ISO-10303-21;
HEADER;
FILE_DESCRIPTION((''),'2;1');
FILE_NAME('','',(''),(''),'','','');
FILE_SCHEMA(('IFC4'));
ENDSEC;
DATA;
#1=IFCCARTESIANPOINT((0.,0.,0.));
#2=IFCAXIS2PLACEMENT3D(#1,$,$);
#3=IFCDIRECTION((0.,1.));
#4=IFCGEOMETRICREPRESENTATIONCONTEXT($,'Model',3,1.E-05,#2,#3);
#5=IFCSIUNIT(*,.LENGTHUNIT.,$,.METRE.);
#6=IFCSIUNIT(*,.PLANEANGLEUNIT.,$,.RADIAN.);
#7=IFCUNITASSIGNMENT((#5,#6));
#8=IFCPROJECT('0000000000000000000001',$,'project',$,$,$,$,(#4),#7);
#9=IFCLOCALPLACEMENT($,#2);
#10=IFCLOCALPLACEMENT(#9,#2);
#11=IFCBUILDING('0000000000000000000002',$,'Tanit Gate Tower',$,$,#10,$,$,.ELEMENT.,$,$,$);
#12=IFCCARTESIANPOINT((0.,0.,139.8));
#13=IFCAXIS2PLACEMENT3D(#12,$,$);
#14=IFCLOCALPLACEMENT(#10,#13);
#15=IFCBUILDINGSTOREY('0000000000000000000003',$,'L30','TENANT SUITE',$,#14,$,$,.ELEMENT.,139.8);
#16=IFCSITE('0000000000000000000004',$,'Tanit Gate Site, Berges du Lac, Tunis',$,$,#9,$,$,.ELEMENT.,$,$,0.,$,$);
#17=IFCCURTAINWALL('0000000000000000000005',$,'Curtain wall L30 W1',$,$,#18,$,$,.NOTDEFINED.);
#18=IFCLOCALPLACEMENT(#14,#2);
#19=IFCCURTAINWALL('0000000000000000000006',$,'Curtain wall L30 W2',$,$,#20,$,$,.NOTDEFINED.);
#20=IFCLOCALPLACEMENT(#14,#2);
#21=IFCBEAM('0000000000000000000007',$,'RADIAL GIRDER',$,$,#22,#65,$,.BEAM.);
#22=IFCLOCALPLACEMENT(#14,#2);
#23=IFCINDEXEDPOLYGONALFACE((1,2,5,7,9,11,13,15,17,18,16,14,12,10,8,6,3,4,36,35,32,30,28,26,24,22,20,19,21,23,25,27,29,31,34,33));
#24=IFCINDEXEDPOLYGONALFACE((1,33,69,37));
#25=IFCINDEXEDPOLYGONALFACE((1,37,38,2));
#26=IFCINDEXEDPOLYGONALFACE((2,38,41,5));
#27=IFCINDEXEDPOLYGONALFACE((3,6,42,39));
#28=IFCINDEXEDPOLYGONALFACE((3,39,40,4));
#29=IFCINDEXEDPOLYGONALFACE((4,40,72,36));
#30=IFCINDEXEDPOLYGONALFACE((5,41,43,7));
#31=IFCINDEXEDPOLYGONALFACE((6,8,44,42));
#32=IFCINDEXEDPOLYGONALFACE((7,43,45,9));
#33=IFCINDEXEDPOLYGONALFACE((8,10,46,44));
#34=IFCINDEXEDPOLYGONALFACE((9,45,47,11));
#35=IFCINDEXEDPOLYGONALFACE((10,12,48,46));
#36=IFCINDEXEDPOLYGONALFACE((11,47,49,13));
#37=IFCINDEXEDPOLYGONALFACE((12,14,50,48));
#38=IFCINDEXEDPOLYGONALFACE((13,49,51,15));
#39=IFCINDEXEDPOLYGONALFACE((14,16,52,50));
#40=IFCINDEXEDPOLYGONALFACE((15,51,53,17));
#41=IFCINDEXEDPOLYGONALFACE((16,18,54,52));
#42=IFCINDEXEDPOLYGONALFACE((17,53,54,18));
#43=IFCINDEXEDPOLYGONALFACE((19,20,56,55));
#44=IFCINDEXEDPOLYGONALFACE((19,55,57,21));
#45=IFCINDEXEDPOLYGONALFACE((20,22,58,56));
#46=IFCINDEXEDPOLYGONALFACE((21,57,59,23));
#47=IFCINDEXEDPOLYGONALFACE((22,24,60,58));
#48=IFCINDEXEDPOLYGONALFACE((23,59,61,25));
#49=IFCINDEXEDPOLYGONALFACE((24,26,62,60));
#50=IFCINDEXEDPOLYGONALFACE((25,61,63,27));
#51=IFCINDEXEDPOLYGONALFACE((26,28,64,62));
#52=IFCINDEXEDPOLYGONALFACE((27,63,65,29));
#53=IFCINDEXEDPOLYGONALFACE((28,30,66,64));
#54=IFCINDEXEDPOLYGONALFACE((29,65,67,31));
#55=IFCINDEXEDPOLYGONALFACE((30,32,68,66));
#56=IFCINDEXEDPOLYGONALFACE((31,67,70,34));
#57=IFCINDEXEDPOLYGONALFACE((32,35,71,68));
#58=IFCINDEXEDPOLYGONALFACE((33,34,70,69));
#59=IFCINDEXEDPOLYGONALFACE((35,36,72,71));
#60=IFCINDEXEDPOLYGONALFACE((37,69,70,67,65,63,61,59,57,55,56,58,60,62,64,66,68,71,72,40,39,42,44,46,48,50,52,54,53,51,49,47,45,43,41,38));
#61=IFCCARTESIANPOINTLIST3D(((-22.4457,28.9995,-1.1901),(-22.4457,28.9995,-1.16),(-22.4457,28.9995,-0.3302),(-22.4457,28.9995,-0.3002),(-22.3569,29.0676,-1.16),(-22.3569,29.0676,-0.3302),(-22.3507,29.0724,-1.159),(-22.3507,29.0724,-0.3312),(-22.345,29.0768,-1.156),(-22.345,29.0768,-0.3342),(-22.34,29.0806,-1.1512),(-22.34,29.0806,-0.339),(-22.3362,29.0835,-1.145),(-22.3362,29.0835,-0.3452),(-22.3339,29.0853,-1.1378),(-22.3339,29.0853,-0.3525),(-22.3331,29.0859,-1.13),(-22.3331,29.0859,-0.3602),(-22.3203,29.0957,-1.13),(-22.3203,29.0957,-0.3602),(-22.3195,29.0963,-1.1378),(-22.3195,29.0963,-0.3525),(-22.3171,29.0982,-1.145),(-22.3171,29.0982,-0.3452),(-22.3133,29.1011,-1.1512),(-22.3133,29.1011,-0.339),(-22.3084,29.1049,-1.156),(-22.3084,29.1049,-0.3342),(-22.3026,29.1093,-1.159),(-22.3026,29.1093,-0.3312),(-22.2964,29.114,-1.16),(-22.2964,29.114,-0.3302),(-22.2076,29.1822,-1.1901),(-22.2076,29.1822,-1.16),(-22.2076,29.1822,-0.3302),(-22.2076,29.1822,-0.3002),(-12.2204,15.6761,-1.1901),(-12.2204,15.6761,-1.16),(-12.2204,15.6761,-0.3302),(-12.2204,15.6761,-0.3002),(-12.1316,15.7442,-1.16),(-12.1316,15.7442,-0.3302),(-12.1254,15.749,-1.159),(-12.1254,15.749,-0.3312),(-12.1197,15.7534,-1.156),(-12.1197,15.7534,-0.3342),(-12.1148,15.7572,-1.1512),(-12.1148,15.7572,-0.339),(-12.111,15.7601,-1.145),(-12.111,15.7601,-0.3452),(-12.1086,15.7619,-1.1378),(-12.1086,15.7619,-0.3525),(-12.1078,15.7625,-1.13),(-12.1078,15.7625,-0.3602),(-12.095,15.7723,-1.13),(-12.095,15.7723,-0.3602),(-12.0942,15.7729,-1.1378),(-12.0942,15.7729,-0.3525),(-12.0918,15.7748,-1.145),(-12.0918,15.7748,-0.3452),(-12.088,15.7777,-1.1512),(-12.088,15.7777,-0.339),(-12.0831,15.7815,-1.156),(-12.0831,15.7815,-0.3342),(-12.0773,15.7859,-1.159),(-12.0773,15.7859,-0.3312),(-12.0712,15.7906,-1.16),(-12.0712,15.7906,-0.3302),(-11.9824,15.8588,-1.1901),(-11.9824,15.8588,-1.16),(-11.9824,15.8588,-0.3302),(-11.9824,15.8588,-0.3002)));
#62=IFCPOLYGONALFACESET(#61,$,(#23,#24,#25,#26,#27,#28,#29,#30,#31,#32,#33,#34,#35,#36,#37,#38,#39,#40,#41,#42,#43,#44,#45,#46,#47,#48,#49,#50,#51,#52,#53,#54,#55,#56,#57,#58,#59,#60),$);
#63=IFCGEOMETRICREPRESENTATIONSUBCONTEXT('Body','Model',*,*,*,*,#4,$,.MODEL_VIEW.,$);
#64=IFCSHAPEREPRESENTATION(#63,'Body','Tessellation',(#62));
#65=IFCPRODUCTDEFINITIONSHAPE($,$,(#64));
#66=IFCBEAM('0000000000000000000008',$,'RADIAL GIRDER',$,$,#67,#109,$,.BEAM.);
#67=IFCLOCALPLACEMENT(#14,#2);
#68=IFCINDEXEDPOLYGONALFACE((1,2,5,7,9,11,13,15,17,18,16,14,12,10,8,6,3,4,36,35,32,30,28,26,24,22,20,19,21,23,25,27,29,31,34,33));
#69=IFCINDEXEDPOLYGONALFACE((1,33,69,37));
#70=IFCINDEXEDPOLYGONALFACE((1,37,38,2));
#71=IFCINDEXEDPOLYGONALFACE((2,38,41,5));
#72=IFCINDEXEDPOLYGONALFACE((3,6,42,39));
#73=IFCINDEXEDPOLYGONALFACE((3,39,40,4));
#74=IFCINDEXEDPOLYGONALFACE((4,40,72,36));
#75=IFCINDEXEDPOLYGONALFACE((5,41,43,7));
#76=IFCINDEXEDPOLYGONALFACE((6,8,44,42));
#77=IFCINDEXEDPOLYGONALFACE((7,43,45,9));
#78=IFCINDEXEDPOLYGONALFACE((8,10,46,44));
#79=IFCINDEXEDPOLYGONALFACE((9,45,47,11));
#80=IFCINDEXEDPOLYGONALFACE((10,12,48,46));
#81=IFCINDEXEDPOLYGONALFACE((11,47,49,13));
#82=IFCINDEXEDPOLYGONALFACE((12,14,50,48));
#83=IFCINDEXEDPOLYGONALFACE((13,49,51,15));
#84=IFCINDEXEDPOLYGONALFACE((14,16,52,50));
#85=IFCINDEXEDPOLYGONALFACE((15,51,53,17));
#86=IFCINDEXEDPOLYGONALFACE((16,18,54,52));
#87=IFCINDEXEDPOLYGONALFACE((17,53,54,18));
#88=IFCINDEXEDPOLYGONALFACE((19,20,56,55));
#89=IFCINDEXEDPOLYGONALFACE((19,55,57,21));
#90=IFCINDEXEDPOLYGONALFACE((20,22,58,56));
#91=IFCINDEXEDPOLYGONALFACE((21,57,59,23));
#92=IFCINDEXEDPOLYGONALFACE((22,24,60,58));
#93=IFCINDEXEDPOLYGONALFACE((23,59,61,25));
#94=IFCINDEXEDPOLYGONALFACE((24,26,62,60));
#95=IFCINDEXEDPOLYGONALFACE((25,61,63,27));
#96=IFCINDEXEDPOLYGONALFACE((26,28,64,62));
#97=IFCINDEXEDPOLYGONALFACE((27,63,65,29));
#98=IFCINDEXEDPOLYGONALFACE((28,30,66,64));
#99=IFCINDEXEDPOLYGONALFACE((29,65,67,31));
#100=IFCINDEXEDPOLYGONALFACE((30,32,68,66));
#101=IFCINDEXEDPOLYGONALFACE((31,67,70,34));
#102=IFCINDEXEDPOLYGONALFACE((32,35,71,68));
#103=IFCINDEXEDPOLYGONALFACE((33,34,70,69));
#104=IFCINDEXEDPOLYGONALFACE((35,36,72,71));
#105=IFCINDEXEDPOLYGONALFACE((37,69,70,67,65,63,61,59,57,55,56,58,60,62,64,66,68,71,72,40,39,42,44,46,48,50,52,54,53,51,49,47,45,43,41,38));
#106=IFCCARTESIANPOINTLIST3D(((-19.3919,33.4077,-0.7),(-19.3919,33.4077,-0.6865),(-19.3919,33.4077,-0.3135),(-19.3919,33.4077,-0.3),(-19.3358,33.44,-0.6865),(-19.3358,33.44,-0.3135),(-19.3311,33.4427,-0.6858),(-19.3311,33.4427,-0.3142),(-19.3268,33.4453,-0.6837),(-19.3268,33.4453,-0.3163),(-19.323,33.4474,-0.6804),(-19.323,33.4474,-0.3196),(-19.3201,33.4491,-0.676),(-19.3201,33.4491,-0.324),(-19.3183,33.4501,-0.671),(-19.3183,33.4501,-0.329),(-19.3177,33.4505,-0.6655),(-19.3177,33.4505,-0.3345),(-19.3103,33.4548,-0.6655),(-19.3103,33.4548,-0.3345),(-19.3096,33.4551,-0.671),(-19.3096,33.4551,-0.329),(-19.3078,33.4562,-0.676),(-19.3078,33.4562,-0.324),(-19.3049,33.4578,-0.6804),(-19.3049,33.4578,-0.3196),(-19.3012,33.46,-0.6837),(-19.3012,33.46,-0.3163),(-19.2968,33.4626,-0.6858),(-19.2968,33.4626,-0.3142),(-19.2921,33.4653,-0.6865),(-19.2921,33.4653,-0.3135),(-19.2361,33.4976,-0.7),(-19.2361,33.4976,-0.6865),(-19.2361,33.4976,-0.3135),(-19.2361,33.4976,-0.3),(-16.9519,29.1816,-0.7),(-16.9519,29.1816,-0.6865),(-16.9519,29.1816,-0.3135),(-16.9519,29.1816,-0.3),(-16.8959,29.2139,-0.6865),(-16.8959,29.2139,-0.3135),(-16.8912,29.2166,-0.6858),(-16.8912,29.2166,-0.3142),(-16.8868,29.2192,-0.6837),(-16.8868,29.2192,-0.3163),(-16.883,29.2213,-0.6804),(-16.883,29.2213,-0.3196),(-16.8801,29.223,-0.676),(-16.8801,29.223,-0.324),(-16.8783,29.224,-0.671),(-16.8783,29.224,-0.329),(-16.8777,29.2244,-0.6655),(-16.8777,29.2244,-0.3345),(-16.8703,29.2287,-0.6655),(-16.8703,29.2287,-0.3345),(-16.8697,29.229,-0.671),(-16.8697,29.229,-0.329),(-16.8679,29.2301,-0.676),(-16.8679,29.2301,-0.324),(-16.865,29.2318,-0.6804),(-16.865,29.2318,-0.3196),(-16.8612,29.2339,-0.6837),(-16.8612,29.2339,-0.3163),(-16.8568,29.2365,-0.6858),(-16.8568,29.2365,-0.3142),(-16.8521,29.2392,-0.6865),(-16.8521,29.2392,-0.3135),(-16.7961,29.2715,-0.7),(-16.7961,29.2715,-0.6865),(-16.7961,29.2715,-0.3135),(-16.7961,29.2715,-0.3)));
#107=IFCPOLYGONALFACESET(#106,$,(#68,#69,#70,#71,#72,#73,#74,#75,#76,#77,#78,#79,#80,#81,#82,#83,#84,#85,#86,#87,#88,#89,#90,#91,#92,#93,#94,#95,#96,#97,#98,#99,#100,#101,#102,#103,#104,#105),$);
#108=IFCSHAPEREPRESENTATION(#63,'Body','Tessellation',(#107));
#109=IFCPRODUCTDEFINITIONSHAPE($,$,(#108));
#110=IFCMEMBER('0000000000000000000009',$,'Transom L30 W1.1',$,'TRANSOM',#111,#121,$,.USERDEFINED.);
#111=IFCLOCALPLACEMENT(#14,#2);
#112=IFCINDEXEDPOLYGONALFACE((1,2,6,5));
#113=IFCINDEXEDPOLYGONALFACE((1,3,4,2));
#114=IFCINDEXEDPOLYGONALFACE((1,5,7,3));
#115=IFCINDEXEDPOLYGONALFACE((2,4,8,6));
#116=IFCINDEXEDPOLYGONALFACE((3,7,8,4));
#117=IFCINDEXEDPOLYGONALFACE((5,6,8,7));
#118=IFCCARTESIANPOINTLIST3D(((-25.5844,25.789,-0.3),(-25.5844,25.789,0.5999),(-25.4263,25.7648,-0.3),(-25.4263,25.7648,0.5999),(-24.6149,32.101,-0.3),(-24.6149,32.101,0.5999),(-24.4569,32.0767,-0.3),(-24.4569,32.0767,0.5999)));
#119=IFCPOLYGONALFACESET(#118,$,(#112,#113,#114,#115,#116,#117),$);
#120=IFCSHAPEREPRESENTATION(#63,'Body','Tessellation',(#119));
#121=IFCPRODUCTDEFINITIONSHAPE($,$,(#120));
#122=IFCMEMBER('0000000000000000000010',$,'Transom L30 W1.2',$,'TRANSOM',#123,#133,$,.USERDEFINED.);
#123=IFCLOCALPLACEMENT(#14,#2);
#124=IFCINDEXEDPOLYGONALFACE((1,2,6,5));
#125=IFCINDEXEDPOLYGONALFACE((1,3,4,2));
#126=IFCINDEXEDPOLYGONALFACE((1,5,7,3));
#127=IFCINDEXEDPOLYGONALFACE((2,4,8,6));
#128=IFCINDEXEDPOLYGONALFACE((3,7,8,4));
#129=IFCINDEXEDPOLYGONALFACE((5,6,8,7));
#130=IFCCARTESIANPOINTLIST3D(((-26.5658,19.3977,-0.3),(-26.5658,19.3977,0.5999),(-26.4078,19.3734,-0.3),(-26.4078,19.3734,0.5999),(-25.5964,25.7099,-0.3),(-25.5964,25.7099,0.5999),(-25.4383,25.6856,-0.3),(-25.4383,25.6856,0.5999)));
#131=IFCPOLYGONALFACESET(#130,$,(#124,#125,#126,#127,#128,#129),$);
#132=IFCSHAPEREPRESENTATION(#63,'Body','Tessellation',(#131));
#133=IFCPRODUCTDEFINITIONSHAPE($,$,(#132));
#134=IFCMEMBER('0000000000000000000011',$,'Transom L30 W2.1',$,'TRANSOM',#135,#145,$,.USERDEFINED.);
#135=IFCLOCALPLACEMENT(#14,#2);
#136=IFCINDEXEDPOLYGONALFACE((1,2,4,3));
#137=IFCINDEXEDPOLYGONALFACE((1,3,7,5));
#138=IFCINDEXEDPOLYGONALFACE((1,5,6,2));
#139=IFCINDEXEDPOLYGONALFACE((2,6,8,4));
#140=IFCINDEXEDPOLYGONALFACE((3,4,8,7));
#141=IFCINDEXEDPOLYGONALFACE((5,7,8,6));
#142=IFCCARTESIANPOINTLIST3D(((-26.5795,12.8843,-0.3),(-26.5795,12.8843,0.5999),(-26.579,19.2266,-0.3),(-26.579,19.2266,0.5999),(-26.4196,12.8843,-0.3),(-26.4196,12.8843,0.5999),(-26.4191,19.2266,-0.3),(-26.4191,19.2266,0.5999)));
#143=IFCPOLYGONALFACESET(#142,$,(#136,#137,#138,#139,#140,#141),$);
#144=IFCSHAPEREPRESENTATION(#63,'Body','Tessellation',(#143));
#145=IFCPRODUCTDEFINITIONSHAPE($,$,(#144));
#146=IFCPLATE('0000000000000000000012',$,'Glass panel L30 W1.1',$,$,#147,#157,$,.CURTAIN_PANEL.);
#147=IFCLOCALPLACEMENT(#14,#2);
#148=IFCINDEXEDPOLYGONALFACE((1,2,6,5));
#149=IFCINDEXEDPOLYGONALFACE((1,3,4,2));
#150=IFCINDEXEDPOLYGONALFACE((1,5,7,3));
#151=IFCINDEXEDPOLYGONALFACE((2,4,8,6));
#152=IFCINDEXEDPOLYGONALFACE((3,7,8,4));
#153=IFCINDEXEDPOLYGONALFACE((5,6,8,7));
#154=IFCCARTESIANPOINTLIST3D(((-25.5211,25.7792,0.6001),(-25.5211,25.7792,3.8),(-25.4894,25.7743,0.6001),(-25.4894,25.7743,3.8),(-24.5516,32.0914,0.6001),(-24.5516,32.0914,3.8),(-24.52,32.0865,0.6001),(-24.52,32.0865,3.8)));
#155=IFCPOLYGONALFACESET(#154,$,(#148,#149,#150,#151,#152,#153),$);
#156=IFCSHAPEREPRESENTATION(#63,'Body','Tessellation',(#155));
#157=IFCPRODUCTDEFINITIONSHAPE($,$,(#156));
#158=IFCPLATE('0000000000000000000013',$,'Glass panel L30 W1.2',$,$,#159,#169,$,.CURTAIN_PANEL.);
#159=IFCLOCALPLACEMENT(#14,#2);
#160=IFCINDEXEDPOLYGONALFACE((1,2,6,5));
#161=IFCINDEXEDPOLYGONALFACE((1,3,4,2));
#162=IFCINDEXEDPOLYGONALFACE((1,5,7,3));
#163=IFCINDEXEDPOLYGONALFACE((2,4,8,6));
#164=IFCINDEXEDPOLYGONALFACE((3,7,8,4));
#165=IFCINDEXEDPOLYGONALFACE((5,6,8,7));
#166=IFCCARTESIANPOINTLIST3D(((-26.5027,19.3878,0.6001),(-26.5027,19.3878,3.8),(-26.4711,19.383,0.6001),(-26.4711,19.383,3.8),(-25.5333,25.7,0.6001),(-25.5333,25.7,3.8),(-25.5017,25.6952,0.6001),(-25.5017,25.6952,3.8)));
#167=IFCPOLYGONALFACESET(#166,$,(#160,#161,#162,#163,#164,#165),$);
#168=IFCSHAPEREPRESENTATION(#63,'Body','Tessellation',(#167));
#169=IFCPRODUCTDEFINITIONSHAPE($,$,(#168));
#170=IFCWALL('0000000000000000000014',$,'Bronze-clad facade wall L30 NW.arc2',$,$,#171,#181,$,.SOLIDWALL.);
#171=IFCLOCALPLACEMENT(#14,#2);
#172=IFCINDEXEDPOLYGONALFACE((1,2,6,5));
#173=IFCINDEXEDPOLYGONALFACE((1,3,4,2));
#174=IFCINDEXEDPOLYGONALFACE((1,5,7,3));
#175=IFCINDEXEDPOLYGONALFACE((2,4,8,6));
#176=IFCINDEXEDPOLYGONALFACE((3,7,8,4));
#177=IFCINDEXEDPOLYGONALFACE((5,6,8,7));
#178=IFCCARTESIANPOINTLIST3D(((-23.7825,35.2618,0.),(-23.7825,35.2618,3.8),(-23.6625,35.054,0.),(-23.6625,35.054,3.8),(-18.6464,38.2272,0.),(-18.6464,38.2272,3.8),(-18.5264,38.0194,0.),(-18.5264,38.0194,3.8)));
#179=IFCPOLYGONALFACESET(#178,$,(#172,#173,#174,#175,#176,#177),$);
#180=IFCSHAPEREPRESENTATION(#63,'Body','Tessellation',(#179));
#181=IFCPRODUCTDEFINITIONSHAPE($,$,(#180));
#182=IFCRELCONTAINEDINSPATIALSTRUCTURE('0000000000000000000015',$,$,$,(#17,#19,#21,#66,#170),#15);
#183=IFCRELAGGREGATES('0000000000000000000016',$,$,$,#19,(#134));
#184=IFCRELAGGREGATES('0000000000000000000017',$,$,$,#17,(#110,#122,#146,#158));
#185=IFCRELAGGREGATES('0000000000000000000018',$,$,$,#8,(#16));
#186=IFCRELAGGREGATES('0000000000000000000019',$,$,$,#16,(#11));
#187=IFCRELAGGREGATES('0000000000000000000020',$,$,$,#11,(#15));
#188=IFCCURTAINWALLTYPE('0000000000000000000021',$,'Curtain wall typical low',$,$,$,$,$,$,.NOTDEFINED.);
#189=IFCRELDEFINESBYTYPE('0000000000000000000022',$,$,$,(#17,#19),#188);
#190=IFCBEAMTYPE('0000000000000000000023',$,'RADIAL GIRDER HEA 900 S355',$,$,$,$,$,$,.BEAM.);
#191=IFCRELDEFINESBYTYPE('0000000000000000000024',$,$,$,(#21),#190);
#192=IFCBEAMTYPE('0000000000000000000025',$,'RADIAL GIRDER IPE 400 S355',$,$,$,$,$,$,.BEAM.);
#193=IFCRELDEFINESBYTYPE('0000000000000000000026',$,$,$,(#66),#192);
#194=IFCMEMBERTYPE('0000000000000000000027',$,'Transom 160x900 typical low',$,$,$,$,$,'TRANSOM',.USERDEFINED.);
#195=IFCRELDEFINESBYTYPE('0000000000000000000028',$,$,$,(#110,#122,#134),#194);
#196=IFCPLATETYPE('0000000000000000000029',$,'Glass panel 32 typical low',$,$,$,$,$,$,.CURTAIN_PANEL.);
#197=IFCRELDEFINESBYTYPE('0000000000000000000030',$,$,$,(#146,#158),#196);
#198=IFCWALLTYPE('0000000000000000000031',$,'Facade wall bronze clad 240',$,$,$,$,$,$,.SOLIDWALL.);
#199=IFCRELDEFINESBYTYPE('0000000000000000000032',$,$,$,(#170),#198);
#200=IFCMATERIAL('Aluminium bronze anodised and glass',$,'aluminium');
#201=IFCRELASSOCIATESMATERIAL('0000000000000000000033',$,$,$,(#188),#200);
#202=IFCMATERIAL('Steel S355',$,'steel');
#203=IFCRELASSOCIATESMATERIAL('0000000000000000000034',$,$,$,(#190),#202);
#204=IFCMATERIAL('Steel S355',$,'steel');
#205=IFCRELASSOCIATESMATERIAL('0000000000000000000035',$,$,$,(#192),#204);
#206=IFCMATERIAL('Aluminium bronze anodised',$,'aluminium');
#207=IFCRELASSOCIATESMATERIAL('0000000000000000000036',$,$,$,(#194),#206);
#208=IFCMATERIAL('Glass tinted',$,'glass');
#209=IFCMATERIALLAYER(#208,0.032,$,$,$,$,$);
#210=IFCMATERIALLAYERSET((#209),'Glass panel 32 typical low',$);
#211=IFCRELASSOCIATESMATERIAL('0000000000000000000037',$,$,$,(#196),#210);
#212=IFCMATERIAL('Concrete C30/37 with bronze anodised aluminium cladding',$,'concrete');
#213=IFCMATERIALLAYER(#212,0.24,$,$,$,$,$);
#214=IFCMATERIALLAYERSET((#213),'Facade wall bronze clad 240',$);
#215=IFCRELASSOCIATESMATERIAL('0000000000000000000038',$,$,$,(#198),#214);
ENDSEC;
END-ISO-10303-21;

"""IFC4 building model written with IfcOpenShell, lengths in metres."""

from ifc_helpers import new_model, si_unit, direction, frame, frame_2d, origin, origin_2d, place, context, subcontext, project, spatial, rectangle, i_section, extrude, material, layer, layer_set, material_profile, profile_set, type_object, element, aggregate, save


model = new_model("IFC4")

# Units and contexts
model_context = context("Model", 3, precision=1e-05, world=origin(), true_north=direction((0.0, 1.0)))
body_context = subcontext(model_context, "Body", "Model", "MODEL_VIEW")
ifc_project = project(units=[si_unit("LENGTHUNIT", "METRE"), si_unit("PLANEANGLEUNIT", "RADIAN")], contexts=[model_context])

# Site, building, storey
site_placement = place(None, origin())
site = spatial("IfcSite", under=ifc_project, at=site_placement, Name="Tanit Gate Site, Berges du Lac, Tunis", CompositionType="ELEMENT", RefElevation=0.0)
building_placement = place(site_placement, origin())
building = spatial("IfcBuilding", under=site, at=building_placement, Name="Tanit Gate Tower", CompositionType="ELEMENT")
storey_placement = place(building_placement, frame((0.0, 0.0, 139.8)))
storey = spatial("IfcBuildingStorey", under=building, at=storey_placement, Name="L30", Description="TENANT SUITE", CompositionType="ELEMENT", Elevation=139.8)

# Curtain walls
ifc_material_1 = material(Name="Aluminium bronze anodised and glass", Category="aluminium")
curtain_wall_type = type_object("IfcCurtainWallType", Name="Curtain wall typical low", PredefinedType="NOTDEFINED", material=ifc_material_1)
curtain_wall_1_placement = place(storey_placement, origin())
curtain_wall_1 = element("IfcCurtainWall", 1, at=curtain_wall_1_placement, inside=storey, type_object=curtain_wall_type, Name="Curtain wall L30 W1", PredefinedType="NOTDEFINED")
curtain_wall_2_placement = place(storey_placement, origin())
curtain_wall_2 = element("IfcCurtainWall", 2, at=curtain_wall_2_placement, inside=storey, type_object=curtain_wall_type, Name="Curtain wall L30 W2", PredefinedType="NOTDEFINED")

# Beams
ifc_material_2 = material(Name="Steel S355", Category="steel")
ifc_material_profile_1 = material_profile(ifc_material_2, i_section(OverallWidth=0.3, OverallDepth=0.8899, WebThickness=0.0161, FlangeThickness=0.03, FilletRadius=0.03, at=origin_2d()), Name="HEA 900")
ifc_profile_set_1 = profile_set([ifc_material_profile_1], Name="Steel S355")
beam_type_1 = type_object("IfcBeamType", Name="RADIAL GIRDER HEA 900 S355", PredefinedType="BEAM", material=ifc_profile_set_1)
beam_1_placement = place(storey_placement, frame((-22.3267, 29.0908, -0.7451), z_axis=(0.608832, -0.7933, 0.0), x_axis=(0.7933, 0.608832, 0.0)))
element("IfcBeam", 3, at=beam_1_placement, inside=storey, type_object=beam_type_1, Name="RADIAL GIRDER", PredefinedType="BEAM", context=body_context, shape_type="SweptSolid", body=[
    extrude(i_section(OverallWidth=0.3, OverallDepth=0.8899, WebThickness=0.0161, FlangeThickness=0.03, FilletRadius=0.03, at=origin_2d()), origin(), (0.0, 0.0, 1.0), 16.7949),
])
ifc_material_3 = material(Name="Steel S355", Category="steel")
ifc_material_profile_2 = material_profile(ifc_material_3, i_section(OverallWidth=0.1799, OverallDepth=0.3999, WebThickness=0.0085, FlangeThickness=0.0134, FilletRadius=0.021, at=origin_2d()), Name="IPE 400")
ifc_profile_set_2 = profile_set([ifc_material_profile_2], Name="Steel S355")
beam_type_2 = type_object("IfcBeamType", Name="RADIAL GIRDER IPE 400 S355", PredefinedType="BEAM", material=ifc_profile_set_2)
beam_2_placement = place(storey_placement, frame((-19.314, 33.4526, -0.5), z_axis=(0.500003, -0.866024, 0.0), x_axis=(0.866024, 0.500003, 0.0)))
element("IfcBeam", 4, at=beam_2_placement, inside=storey, type_object=beam_type_2, Name="RADIAL GIRDER", PredefinedType="BEAM", context=body_context, shape_type="SweptSolid", body=[
    extrude(i_section(OverallWidth=0.1799, OverallDepth=0.3999, WebThickness=0.0085, FlangeThickness=0.0134, FilletRadius=0.021, at=origin_2d()), origin(), (0.0, 0.0, 1.0), 4.8799),
])

# Members
ifc_material_4 = material(Name="Aluminium bronze anodised", Category="aluminium")
ifc_material_profile_3 = material_profile(ifc_material_4, rectangle(XDim=0.1599, YDim=0.8999, at=origin_2d()), Name="160x900 bronze transom")
ifc_profile_set_3 = profile_set([ifc_material_profile_3], Name="Aluminium bronze anodised")
member_type_1 = type_object("IfcMemberType", Name="Transom 160x900 typical low", ElementType="TRANSOM", PredefinedType="USERDEFINED", material=ifc_profile_set_3)
member_1_placement = place(storey_placement, frame((-24.5359, 32.0889, 0.1499), z_axis=(-0.151813, -0.988409, 0.0), x_axis=(0.988409, -0.151813, 0.0)))
member_1 = element("IfcMember", 5, at=member_1_placement, type_object=member_type_1, Name="Transom L30 W1.1", ObjectType="TRANSOM", PredefinedType="USERDEFINED", context=body_context, shape_type="SweptSolid", body=[
    extrude(rectangle(XDim=0.1599, YDim=0.8999, at=origin_2d()), origin(), (0.0, 0.0, 1.0), 6.386),
])
member_2_placement = place(storey_placement, frame((-25.5173, 25.6978, 0.1499), z_axis=(-0.151807, -0.98841, 0.0), x_axis=(0.98841, -0.151807, 0.0)))
member_2 = element("IfcMember", 6, at=member_2_placement, type_object=member_type_1, Name="Transom L30 W1.2", ObjectType="TRANSOM", PredefinedType="USERDEFINED", context=body_context, shape_type="SweptSolid", body=[
    extrude(rectangle(XDim=0.1599, YDim=0.8999, at=origin_2d()), origin(), (0.0, 0.0, 1.0), 6.3862),
])
member_3_placement = place(storey_placement, frame((-26.499, 19.2266, 0.1499), z_axis=(-0.000077, -1.0, 0.0), x_axis=(1.0, -0.000077, 0.0)))
member_3 = element("IfcMember", 7, at=member_3_placement, type_object=member_type_1, Name="Transom L30 W2.1", ObjectType="TRANSOM", PredefinedType="USERDEFINED", context=body_context, shape_type="SweptSolid", body=[
    extrude(rectangle(XDim=0.1599, YDim=0.8999, at=origin_2d()), origin(), (0.0, 0.0, 1.0), 6.3423),
])
aggregate(curtain_wall_2, [member_3])

# Plates
ifc_material_5 = material(Name="Glass tinted", Category="glass")
ifc_layer_1 = layer(ifc_material_5, 0.032)
ifc_layer_set_1 = layer_set([ifc_layer_1], Name="Glass panel 32 typical low")
plate_type = type_object("IfcPlateType", Name="Glass panel 32 typical low", PredefinedType="CURTAIN_PANEL", material=ifc_layer_set_1)
plate_1_placement = place(storey_placement, frame((-25.0205, 28.9329, 0.6001), z_axis=(0.0, 0.0, 1.0), x_axis=(-0.151807, -0.98841, 0.0)))
plate_1 = element("IfcPlate", 8, at=plate_1_placement, type_object=plate_type, Name="Glass panel L30 W1.1", PredefinedType="CURTAIN_PANEL", context=body_context, shape_type="SweptSolid", body=[
    extrude(rectangle(XDim=6.3862, YDim=0.032, at=origin_2d()), origin(), (0.0, 0.0, 1.0), 3.2),
])
plate_2_placement = place(storey_placement, frame((-26.0022, 22.5415, 0.6001), z_axis=(0.0, 0.0, 1.0), x_axis=(-0.151807, -0.98841, 0.0)))
plate_2 = element("IfcPlate", 9, at=plate_2_placement, type_object=plate_type, Name="Glass panel L30 W1.2", PredefinedType="CURTAIN_PANEL", context=body_context, shape_type="SweptSolid", body=[
    extrude(rectangle(XDim=6.3862, YDim=0.032, at=origin_2d()), origin(), (0.0, 0.0, 1.0), 3.2),
])
aggregate(curtain_wall_1, [member_1, member_2, plate_1, plate_2])

# Wall
ifc_material_6 = material(Name="Concrete C30/37 with bronze anodised aluminium cladding", Category="concrete")
ifc_layer_2 = layer(ifc_material_6, 0.24)
ifc_layer_set_2 = layer_set([ifc_layer_2], Name="Facade wall bronze clad 240")
wall_type_1 = type_object("IfcWallType", Name="Facade wall bronze clad 240", PredefinedType="SOLIDWALL", material=ifc_layer_set_2)
wall_1_placement = place(storey_placement, frame((-18.5864, 38.1233, 0.0), z_axis=(0.0, 0.0, 1.0), x_axis=(-0.86602, -0.500009, 0.0)))
element("IfcWall", 10, at=wall_1_placement, inside=storey, type_object=wall_type_1, Name="Bronze-clad facade wall L30 NW.arc2", PredefinedType="SOLIDWALL", context=body_context, shape_type="SweptSolid", body=[
    extrude(rectangle(XDim=5.9307, YDim=0.24, at=frame_2d((2.9653, 0.0))), origin(), (0.0, 0.0, 1.0), 3.8),
])

save(model, "model.ifc")
